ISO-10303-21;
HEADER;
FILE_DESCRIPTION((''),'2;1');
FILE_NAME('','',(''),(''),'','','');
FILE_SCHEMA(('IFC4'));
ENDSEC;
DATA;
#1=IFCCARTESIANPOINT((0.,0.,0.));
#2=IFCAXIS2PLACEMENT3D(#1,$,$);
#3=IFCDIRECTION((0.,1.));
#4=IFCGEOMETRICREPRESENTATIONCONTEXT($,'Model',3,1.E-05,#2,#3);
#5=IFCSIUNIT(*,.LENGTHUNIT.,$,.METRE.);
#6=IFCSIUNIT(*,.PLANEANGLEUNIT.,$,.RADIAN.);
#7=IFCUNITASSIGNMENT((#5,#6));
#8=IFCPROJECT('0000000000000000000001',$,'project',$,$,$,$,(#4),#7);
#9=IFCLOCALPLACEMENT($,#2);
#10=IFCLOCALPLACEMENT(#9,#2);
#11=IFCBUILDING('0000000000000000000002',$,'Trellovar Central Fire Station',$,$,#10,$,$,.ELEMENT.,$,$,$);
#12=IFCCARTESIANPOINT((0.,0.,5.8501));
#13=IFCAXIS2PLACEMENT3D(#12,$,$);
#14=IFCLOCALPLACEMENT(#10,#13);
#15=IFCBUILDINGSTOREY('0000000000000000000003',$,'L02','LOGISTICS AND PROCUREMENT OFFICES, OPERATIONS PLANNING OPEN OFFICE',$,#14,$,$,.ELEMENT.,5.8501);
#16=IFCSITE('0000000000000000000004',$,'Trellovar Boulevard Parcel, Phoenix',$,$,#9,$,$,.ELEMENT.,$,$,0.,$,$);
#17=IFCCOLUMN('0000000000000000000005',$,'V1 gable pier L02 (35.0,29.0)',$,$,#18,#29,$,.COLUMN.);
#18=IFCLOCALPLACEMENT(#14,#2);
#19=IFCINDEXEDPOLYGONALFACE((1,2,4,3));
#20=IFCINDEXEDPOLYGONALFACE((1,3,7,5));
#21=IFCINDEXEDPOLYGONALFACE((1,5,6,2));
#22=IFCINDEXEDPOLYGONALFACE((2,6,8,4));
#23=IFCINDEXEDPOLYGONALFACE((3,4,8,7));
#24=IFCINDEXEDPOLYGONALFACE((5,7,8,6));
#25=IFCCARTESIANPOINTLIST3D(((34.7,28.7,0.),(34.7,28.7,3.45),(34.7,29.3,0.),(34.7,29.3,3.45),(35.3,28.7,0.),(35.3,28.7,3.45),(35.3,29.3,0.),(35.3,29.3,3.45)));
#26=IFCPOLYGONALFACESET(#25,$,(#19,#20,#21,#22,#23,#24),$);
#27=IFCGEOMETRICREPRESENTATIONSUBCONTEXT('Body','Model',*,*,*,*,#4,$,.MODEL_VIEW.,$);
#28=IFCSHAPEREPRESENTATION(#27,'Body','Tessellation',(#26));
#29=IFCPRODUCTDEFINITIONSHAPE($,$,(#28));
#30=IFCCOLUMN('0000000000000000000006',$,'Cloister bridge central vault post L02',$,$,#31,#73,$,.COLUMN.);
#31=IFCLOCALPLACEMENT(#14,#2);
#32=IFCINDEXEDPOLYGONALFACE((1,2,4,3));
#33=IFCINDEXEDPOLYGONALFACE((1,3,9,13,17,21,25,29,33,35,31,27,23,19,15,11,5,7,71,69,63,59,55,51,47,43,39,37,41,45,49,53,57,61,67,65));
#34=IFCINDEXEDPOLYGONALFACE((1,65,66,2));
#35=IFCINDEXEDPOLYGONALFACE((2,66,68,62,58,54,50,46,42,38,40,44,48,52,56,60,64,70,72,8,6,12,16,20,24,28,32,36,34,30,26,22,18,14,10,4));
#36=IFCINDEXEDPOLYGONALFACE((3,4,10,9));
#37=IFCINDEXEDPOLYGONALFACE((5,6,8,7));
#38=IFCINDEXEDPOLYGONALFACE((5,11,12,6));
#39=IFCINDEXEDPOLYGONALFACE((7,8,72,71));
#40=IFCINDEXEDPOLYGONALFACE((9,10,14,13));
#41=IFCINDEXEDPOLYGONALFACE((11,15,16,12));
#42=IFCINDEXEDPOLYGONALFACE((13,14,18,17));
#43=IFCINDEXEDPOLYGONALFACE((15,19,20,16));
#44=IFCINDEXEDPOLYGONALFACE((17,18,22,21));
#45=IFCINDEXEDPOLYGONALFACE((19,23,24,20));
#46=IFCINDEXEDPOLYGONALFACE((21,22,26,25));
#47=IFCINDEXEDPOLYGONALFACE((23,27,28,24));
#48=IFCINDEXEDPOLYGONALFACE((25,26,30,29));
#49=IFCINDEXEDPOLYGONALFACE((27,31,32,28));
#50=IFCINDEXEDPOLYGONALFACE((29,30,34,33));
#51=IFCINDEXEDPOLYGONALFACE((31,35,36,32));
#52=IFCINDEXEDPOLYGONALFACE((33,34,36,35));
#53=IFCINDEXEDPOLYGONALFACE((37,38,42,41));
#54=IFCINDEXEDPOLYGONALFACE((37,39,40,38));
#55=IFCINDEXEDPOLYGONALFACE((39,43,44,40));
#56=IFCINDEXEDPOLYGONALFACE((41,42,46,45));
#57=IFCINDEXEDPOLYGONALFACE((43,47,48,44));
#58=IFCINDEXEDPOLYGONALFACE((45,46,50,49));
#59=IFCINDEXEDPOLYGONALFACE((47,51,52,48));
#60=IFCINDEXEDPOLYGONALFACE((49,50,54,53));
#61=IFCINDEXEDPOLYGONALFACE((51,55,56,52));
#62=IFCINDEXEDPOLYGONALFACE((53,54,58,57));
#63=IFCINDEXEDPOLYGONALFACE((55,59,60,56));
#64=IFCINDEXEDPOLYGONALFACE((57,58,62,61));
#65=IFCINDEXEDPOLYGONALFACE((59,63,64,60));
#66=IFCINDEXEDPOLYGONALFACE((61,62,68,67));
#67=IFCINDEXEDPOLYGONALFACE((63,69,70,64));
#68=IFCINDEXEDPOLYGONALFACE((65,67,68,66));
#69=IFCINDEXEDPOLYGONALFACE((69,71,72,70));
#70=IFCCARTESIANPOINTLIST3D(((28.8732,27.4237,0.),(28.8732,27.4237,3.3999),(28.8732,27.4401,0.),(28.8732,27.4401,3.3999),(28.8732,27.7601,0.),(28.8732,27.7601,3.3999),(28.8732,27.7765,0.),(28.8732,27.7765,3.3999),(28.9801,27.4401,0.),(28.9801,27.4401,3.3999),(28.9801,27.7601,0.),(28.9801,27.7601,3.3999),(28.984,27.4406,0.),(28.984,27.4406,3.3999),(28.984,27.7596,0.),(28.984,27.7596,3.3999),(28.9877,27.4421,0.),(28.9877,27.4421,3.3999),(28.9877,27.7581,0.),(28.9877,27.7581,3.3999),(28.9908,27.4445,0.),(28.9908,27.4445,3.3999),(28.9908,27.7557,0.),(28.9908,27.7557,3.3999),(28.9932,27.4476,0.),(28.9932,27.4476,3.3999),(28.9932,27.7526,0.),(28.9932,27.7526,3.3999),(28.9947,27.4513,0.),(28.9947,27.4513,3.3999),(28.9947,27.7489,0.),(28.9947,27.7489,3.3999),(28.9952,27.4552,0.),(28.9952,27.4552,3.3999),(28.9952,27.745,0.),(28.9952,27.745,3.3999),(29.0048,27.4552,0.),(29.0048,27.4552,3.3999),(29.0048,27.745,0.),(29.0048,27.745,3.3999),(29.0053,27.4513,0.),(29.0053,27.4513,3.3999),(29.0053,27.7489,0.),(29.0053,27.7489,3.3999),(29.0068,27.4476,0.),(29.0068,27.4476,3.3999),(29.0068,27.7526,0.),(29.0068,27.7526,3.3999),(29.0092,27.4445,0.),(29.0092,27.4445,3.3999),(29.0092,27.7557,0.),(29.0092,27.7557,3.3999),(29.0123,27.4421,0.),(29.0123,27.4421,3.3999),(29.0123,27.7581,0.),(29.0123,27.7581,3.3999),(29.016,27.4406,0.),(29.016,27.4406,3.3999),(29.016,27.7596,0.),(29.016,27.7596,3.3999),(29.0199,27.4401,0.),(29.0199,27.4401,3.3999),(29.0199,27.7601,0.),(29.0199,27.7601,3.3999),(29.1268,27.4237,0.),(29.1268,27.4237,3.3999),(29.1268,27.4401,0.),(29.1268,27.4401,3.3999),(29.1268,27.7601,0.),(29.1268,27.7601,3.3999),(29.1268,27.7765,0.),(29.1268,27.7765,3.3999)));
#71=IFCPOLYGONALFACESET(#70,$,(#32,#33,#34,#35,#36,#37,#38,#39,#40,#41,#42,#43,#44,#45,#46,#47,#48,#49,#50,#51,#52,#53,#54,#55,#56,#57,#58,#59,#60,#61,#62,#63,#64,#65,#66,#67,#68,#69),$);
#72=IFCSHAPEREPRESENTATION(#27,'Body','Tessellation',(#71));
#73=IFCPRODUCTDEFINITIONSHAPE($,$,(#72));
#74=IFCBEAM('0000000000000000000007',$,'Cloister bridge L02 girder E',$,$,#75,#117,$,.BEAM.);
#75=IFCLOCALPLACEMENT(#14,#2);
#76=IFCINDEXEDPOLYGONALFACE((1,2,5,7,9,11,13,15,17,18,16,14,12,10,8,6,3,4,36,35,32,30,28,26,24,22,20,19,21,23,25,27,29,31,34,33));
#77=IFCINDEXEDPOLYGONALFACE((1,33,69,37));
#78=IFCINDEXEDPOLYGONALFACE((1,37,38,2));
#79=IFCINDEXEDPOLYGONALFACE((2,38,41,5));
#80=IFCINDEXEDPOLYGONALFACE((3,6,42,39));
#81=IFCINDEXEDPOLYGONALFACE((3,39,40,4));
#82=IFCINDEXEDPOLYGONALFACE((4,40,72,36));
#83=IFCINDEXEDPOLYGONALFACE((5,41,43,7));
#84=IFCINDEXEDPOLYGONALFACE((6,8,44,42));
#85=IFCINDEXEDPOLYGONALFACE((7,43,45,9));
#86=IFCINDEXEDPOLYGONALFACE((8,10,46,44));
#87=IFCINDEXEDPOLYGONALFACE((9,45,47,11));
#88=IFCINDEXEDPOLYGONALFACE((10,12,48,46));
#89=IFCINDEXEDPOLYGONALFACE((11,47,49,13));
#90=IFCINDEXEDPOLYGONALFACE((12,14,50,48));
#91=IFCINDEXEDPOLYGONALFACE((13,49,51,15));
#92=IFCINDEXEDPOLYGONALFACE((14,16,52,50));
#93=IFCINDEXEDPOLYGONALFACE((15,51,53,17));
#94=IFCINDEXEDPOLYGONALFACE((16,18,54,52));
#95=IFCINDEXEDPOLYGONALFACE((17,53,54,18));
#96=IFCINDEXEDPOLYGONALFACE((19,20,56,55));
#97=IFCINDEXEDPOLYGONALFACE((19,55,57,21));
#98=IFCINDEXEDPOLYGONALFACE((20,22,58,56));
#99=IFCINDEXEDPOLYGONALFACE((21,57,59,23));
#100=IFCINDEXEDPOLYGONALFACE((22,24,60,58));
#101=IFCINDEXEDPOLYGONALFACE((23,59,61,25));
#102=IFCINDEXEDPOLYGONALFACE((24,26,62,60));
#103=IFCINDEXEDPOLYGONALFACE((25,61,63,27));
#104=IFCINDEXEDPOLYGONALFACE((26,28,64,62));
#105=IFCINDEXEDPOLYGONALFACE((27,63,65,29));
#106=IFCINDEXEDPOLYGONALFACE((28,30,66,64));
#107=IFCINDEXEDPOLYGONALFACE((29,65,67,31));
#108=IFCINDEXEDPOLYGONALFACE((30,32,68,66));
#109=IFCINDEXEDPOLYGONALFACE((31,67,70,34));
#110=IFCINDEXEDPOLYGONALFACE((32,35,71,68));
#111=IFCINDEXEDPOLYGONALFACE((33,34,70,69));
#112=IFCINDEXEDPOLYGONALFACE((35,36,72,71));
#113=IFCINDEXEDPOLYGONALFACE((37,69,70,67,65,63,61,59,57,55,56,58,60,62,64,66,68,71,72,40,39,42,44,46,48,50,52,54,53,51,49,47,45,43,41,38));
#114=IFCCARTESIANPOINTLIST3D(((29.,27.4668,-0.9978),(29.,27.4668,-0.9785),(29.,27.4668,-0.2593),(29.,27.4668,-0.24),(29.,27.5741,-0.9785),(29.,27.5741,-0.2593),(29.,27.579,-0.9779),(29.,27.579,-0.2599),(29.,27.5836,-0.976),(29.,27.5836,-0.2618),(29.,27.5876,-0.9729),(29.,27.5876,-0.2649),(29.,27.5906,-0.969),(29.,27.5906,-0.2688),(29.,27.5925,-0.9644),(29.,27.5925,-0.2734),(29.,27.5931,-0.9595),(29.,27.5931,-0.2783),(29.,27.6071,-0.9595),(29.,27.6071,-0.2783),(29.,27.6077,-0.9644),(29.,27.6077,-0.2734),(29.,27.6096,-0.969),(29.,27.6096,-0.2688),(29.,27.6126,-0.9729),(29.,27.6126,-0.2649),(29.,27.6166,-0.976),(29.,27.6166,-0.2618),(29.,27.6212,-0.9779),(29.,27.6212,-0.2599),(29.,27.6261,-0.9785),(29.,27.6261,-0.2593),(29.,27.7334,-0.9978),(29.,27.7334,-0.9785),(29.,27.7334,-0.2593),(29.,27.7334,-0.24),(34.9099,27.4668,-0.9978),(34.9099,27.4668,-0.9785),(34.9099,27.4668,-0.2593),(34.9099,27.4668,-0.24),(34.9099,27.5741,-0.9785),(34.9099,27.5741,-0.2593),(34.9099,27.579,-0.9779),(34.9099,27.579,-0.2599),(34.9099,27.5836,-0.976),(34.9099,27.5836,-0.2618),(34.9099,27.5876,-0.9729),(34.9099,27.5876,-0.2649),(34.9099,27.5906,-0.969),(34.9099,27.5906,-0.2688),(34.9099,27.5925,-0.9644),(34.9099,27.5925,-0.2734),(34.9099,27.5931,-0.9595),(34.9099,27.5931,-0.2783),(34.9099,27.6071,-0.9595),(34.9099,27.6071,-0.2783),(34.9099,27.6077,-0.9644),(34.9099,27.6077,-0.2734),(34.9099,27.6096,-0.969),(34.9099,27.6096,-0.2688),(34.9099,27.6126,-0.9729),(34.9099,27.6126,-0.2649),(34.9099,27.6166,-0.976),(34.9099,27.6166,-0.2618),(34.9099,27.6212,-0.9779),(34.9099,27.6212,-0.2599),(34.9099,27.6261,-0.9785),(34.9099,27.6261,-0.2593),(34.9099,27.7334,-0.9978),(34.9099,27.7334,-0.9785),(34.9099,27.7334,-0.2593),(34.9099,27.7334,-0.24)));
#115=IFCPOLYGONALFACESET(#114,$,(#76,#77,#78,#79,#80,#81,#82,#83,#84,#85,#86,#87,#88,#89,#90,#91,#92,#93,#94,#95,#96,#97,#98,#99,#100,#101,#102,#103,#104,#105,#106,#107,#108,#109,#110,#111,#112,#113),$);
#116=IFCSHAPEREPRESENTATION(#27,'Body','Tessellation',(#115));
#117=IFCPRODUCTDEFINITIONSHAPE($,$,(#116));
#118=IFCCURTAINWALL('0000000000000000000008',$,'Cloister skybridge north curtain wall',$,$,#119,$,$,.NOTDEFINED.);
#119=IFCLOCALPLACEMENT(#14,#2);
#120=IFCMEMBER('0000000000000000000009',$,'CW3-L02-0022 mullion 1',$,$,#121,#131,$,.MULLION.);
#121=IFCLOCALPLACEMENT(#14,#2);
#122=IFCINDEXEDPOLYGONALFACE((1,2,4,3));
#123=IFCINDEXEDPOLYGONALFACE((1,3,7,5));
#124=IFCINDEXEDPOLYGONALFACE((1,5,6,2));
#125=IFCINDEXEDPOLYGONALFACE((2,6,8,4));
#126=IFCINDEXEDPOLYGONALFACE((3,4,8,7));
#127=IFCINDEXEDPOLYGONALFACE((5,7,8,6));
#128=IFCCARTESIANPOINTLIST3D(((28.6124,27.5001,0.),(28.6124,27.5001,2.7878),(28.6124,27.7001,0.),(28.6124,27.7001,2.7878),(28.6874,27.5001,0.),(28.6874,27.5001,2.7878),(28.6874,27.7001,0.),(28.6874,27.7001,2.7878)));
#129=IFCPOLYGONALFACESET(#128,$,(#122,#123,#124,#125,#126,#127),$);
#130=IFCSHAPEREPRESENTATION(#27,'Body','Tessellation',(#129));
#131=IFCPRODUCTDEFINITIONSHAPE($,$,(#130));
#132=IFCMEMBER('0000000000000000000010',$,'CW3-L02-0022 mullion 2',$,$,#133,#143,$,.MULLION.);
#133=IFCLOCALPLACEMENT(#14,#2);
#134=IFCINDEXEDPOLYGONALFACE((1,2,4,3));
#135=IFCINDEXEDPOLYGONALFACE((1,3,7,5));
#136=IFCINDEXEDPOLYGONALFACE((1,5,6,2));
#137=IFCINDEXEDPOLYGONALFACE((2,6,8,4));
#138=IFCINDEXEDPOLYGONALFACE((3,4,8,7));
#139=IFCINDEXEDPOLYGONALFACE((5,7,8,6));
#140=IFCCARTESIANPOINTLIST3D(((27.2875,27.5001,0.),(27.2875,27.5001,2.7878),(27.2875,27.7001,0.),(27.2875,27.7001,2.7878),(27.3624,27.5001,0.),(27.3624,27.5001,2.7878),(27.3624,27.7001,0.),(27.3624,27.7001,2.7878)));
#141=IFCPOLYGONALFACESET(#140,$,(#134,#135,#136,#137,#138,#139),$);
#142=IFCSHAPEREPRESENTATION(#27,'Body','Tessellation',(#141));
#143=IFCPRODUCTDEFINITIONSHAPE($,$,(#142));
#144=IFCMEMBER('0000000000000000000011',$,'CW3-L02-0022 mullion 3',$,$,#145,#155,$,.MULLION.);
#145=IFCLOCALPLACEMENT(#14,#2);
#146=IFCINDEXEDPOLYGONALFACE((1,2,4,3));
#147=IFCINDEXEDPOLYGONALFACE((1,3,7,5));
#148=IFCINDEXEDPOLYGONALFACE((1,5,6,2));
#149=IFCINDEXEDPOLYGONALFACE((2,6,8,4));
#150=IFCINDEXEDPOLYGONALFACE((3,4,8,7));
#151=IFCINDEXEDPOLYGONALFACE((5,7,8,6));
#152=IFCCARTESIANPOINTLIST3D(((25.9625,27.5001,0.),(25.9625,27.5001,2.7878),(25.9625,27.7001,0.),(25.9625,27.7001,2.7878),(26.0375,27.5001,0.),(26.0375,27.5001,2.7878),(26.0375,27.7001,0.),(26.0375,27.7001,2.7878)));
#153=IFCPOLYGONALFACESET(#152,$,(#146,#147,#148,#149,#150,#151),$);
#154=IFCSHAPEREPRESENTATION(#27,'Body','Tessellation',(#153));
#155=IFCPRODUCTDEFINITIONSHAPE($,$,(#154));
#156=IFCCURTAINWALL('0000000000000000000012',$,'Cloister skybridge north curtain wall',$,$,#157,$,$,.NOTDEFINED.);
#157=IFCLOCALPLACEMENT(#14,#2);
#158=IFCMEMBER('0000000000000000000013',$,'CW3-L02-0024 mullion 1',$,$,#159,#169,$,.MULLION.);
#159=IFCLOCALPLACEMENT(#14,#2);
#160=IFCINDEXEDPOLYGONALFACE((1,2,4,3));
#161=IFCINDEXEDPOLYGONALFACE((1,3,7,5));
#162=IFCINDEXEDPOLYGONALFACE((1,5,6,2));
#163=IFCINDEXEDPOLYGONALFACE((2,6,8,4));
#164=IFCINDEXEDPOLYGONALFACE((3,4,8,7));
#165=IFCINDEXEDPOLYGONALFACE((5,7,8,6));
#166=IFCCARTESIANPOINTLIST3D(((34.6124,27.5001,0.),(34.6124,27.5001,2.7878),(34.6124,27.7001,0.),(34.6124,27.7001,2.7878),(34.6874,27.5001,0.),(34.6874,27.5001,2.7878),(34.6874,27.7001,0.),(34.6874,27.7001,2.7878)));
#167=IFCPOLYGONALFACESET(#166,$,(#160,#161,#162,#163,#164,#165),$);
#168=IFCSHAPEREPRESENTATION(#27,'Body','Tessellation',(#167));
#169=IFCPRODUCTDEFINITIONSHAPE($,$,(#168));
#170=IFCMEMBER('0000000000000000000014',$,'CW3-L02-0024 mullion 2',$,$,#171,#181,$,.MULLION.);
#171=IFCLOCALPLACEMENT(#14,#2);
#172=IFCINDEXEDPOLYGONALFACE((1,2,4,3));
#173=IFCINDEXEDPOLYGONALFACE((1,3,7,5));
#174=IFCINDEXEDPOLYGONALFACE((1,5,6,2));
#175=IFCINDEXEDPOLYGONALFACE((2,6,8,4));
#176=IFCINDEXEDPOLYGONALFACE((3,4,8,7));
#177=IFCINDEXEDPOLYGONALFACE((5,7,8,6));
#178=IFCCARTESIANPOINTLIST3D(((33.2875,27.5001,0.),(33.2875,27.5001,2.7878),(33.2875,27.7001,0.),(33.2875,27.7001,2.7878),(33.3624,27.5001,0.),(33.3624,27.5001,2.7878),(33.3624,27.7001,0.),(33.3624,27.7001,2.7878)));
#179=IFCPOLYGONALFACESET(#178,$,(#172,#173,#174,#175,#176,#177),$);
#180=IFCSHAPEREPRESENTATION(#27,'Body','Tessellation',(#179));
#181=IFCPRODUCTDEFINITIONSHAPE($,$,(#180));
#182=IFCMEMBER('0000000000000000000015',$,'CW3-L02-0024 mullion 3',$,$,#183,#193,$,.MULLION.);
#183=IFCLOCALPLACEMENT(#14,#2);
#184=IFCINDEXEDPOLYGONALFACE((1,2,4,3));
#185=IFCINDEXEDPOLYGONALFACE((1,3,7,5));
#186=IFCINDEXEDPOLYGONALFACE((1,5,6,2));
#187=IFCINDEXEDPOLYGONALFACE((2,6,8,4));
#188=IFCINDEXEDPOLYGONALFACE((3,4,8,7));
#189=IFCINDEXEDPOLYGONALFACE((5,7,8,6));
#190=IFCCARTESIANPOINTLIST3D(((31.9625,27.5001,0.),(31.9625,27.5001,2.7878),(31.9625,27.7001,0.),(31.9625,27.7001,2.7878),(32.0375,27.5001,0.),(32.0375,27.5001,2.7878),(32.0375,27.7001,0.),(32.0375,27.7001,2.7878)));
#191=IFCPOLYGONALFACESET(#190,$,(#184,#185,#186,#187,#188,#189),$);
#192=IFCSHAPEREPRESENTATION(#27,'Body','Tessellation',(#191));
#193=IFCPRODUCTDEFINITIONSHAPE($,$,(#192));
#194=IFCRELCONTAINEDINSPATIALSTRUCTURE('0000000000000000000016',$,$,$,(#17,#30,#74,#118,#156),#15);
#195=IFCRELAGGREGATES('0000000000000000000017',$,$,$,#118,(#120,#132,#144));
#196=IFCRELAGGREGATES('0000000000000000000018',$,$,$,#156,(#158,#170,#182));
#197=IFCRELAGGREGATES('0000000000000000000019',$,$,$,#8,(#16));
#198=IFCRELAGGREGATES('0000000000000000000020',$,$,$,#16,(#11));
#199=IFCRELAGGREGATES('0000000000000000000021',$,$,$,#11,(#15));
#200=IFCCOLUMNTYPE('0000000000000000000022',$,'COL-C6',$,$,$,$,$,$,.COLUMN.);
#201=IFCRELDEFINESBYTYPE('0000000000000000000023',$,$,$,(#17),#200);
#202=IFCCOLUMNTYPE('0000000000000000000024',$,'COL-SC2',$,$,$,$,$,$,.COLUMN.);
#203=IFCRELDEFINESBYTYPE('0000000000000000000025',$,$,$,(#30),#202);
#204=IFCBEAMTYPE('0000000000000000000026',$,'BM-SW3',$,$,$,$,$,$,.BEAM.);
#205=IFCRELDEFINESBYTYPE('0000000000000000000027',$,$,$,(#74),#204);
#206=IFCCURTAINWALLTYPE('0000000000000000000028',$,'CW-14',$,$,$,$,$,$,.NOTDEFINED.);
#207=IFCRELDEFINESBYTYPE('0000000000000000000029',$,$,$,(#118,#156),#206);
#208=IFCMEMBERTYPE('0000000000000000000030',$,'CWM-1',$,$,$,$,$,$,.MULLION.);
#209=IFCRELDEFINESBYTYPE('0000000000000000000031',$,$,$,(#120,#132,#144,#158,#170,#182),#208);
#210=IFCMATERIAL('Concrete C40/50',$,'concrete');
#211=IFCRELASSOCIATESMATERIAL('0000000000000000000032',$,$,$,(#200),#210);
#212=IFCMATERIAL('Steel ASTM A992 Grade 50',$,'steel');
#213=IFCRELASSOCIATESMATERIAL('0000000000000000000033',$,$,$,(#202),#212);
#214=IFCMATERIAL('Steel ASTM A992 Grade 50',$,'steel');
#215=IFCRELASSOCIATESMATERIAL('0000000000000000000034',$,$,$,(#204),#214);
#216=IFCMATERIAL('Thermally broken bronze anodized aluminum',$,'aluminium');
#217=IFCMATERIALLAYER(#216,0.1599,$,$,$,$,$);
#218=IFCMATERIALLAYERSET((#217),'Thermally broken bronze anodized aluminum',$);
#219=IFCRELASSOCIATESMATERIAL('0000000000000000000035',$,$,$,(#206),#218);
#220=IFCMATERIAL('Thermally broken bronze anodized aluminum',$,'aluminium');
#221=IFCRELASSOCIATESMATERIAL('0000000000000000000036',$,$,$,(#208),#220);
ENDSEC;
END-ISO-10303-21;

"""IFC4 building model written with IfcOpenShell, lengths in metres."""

from ifc_helpers import new_model, si_unit, direction, frame, origin, origin_2d, place, context, subcontext, project, spatial, rectangle, i_section, extrude, material, layer, layer_set, material_profile, profile_set, type_object, element, aggregate, save


model = new_model("IFC4")

# Units and contexts
model_context = context("Model", 3, precision=1e-05, world=origin(), true_north=direction((0.0, 1.0)))
body_context = subcontext(model_context, "Body", "Model", "MODEL_VIEW")
ifc_project = project(units=[si_unit("LENGTHUNIT", "METRE"), si_unit("PLANEANGLEUNIT", "RADIAN")], contexts=[model_context])

# Site, building, storey
site_placement = place(None, origin())
site = spatial("IfcSite", under=ifc_project, at=site_placement, Name="Trellovar Boulevard Parcel, Phoenix", CompositionType="ELEMENT", RefElevation=0.0)
building_placement = place(site_placement, origin())
building = spatial("IfcBuilding", under=site, at=building_placement, Name="Trellovar Central Fire Station", CompositionType="ELEMENT")
storey_placement = place(building_placement, frame((0.0, 0.0, 5.8501)))
storey = spatial("IfcBuildingStorey", under=building, at=storey_placement, Name="L02", Description="LOGISTICS AND PROCUREMENT OFFICES, OPERATIONS PLANNING OPEN OFFICE", CompositionType="ELEMENT", Elevation=5.8501)

# Columns
ifc_material_1 = material(Name="Concrete C40/50", Category="concrete")
ifc_material_profile_1 = material_profile(ifc_material_1, rectangle(XDim=0.6001, YDim=0.6001, at=origin_2d()), Name="RC600X600")
ifc_profile_set_1 = profile_set([ifc_material_profile_1], Name="Concrete C40/50")
column_type_1 = type_object("IfcColumnType", Name="COL-C6", PredefinedType="COLUMN", material=ifc_profile_set_1)
column_1_placement = place(storey_placement, frame((35.0, 29.0, 0.0), z_axis=(0.0, 0.0, 1.0), x_axis=(1.0, 0.0, 0.0)))
element("IfcColumn", 1, at=column_1_placement, inside=storey, type_object=column_type_1, Name="V1 gable pier L02 (35.0,29.0)", PredefinedType="COLUMN", context=body_context, shape_type="SweptSolid", body=[
    extrude(rectangle(XDim=0.6001, YDim=0.6001, at=origin_2d()), origin(), (0.0, 0.0, 1.0), 3.45),
])
ifc_material_2 = material(Name="Steel ASTM A992 Grade 50", Category="steel")
ifc_material_profile_2 = material_profile(ifc_material_2, i_section(OverallWidth=0.2537, OverallDepth=0.3528, WebThickness=0.0095, FlangeThickness=0.0164, FilletRadius=0.0151, at=origin_2d()), Name="W14X61")
ifc_profile_set_2 = profile_set([ifc_material_profile_2], Name="Steel ASTM A992 Grade 50")
column_type_2 = type_object("IfcColumnType", Name="COL-SC2", PredefinedType="COLUMN", material=ifc_profile_set_2)
column_2_placement = place(storey_placement, frame((29.0, 27.6001, 0.0), z_axis=(0.0, 0.0, 1.0), x_axis=(1.0, 0.0, 0.0)))
element("IfcColumn", 2, at=column_2_placement, inside=storey, type_object=column_type_2, Name="Cloister bridge central vault post L02", PredefinedType="COLUMN", context=body_context, shape_type="SweptSolid", body=[
    extrude(i_section(OverallWidth=0.2537, OverallDepth=0.3528, WebThickness=0.0095, FlangeThickness=0.0164, FilletRadius=0.0151, at=origin_2d()), origin(), (0.0, 0.0, 1.0), 3.3999),
])

# Beam
ifc_material_3 = material(Name="Steel ASTM A992 Grade 50", Category="steel")
ifc_material_profile_3 = material_profile(ifc_material_3, i_section(OverallWidth=0.2666, OverallDepth=0.7578, WebThickness=0.0139, FlangeThickness=0.0193, FilletRadius=0.019, at=origin_2d()), Name="W30X108")
ifc_profile_set_3 = profile_set([ifc_material_profile_3], Name="Steel ASTM A992 Grade 50")
beam_type = type_object("IfcBeamType", Name="BM-SW3", PredefinedType="BEAM", material=ifc_profile_set_3)
beam_placement = place(storey_placement, frame((29.0, 27.6001, -0.6189), z_axis=(1.0, 0.0, 0.0), x_axis=(0.0, 1.0, 0.0)))
element("IfcBeam", 3, at=beam_placement, inside=storey, type_object=beam_type, Name="Cloister bridge L02 girder E", PredefinedType="BEAM", context=body_context, shape_type="SweptSolid", body=[
    extrude(i_section(OverallWidth=0.2666, OverallDepth=0.7578, WebThickness=0.0139, FlangeThickness=0.0193, FilletRadius=0.019, at=origin_2d()), origin(), (0.0, 0.0, 1.0), 5.9099),
])

# Curtain walls, members
ifc_material_4 = material(Name="Thermally broken bronze anodized aluminum", Category="aluminium")
ifc_layer_1 = layer(ifc_material_4, 0.1599)
ifc_layer_set_1 = layer_set([ifc_layer_1], Name="Thermally broken bronze anodized aluminum")
curtain_wall_type = type_object("IfcCurtainWallType", Name="CW-14", PredefinedType="NOTDEFINED", material=ifc_layer_set_1)
curtain_wall_1_placement = place(storey_placement, origin())
curtain_wall_1 = element("IfcCurtainWall", 4, at=curtain_wall_1_placement, inside=storey, type_object=curtain_wall_type, Name="Cloister skybridge north curtain wall", PredefinedType="NOTDEFINED")
ifc_material_5 = material(Name="Thermally broken bronze anodized aluminum", Category="aluminium")
ifc_material_profile_4 = material_profile(ifc_material_5, rectangle(XDim=0.075, YDim=0.2, at=origin_2d()), Name="ALU75X200")
ifc_profile_set_4 = profile_set([ifc_material_profile_4], Name="Thermally broken bronze anodized aluminum")
member_type_1 = type_object("IfcMemberType", Name="CWM-1", PredefinedType="MULLION", material=ifc_profile_set_4)
member_1_placement = place(storey_placement, frame((28.6499, 27.6001, 0.0), z_axis=(0.0, 0.0, 1.0), x_axis=(1.0, 0.0, 0.0)))
member_1 = element("IfcMember", 5, at=member_1_placement, type_object=member_type_1, Name="CW3-L02-0022 mullion 1", PredefinedType="MULLION", context=body_context, shape_type="SweptSolid", body=[
    extrude(rectangle(XDim=0.075, YDim=0.2, at=origin_2d()), origin(), (0.0, 0.0, 1.0), 2.7878),
])
member_2_placement = place(storey_placement, frame((27.325, 27.6001, 0.0), z_axis=(0.0, 0.0, 1.0), x_axis=(1.0, 0.0, 0.0)))
member_2 = element("IfcMember", 6, at=member_2_placement, type_object=member_type_1, Name="CW3-L02-0022 mullion 2", PredefinedType="MULLION", context=body_context, shape_type="SweptSolid", body=[
    extrude(rectangle(XDim=0.075, YDim=0.2, at=origin_2d()), origin(), (0.0, 0.0, 1.0), 2.7878),
])
member_3_placement = place(storey_placement, frame((26.0, 27.6001, 0.0), z_axis=(0.0, 0.0, 1.0), x_axis=(1.0, 0.0, 0.0)))
member_3 = element("IfcMember", 7, at=member_3_placement, type_object=member_type_1, Name="CW3-L02-0022 mullion 3", PredefinedType="MULLION", context=body_context, shape_type="SweptSolid", body=[
    extrude(rectangle(XDim=0.075, YDim=0.2, at=origin_2d()), origin(), (0.0, 0.0, 1.0), 2.7878),
])
curtain_wall_2_placement = place(storey_placement, origin())
curtain_wall_2 = element("IfcCurtainWall", 8, at=curtain_wall_2_placement, inside=storey, type_object=curtain_wall_type, Name="Cloister skybridge north curtain wall", PredefinedType="NOTDEFINED")
member_4_placement = place(storey_placement, frame((34.6499, 27.6001, 0.0), z_axis=(0.0, 0.0, 1.0), x_axis=(1.0, 0.0, 0.0)))
member_4 = element("IfcMember", 9, at=member_4_placement, type_object=member_type_1, Name="CW3-L02-0024 mullion 1", PredefinedType="MULLION", context=body_context, shape_type="SweptSolid", body=[
    extrude(rectangle(XDim=0.075, YDim=0.2, at=origin_2d()), origin(), (0.0, 0.0, 1.0), 2.7878),
])
member_5_placement = place(storey_placement, frame((33.325, 27.6001, 0.0), z_axis=(0.0, 0.0, 1.0), x_axis=(1.0, 0.0, 0.0)))
member_5 = element("IfcMember", 10, at=member_5_placement, type_object=member_type_1, Name="CW3-L02-0024 mullion 2", PredefinedType="MULLION", context=body_context, shape_type="SweptSolid", body=[
    extrude(rectangle(XDim=0.075, YDim=0.2, at=origin_2d()), origin(), (0.0, 0.0, 1.0), 2.7878),
])
member_6_placement = place(storey_placement, frame((32.0, 27.6001, 0.0), z_axis=(0.0, 0.0, 1.0), x_axis=(1.0, 0.0, 0.0)))
member_6 = element("IfcMember", 11, at=member_6_placement, type_object=member_type_1, Name="CW3-L02-0024 mullion 3", PredefinedType="MULLION", context=body_context, shape_type="SweptSolid", body=[
    extrude(rectangle(XDim=0.075, YDim=0.2, at=origin_2d()), origin(), (0.0, 0.0, 1.0), 2.7878),
])

aggregate(curtain_wall_1, [member_1, member_2, member_3])
aggregate(curtain_wall_2, [member_4, member_5, member_6])

save(model, "model.ifc")
